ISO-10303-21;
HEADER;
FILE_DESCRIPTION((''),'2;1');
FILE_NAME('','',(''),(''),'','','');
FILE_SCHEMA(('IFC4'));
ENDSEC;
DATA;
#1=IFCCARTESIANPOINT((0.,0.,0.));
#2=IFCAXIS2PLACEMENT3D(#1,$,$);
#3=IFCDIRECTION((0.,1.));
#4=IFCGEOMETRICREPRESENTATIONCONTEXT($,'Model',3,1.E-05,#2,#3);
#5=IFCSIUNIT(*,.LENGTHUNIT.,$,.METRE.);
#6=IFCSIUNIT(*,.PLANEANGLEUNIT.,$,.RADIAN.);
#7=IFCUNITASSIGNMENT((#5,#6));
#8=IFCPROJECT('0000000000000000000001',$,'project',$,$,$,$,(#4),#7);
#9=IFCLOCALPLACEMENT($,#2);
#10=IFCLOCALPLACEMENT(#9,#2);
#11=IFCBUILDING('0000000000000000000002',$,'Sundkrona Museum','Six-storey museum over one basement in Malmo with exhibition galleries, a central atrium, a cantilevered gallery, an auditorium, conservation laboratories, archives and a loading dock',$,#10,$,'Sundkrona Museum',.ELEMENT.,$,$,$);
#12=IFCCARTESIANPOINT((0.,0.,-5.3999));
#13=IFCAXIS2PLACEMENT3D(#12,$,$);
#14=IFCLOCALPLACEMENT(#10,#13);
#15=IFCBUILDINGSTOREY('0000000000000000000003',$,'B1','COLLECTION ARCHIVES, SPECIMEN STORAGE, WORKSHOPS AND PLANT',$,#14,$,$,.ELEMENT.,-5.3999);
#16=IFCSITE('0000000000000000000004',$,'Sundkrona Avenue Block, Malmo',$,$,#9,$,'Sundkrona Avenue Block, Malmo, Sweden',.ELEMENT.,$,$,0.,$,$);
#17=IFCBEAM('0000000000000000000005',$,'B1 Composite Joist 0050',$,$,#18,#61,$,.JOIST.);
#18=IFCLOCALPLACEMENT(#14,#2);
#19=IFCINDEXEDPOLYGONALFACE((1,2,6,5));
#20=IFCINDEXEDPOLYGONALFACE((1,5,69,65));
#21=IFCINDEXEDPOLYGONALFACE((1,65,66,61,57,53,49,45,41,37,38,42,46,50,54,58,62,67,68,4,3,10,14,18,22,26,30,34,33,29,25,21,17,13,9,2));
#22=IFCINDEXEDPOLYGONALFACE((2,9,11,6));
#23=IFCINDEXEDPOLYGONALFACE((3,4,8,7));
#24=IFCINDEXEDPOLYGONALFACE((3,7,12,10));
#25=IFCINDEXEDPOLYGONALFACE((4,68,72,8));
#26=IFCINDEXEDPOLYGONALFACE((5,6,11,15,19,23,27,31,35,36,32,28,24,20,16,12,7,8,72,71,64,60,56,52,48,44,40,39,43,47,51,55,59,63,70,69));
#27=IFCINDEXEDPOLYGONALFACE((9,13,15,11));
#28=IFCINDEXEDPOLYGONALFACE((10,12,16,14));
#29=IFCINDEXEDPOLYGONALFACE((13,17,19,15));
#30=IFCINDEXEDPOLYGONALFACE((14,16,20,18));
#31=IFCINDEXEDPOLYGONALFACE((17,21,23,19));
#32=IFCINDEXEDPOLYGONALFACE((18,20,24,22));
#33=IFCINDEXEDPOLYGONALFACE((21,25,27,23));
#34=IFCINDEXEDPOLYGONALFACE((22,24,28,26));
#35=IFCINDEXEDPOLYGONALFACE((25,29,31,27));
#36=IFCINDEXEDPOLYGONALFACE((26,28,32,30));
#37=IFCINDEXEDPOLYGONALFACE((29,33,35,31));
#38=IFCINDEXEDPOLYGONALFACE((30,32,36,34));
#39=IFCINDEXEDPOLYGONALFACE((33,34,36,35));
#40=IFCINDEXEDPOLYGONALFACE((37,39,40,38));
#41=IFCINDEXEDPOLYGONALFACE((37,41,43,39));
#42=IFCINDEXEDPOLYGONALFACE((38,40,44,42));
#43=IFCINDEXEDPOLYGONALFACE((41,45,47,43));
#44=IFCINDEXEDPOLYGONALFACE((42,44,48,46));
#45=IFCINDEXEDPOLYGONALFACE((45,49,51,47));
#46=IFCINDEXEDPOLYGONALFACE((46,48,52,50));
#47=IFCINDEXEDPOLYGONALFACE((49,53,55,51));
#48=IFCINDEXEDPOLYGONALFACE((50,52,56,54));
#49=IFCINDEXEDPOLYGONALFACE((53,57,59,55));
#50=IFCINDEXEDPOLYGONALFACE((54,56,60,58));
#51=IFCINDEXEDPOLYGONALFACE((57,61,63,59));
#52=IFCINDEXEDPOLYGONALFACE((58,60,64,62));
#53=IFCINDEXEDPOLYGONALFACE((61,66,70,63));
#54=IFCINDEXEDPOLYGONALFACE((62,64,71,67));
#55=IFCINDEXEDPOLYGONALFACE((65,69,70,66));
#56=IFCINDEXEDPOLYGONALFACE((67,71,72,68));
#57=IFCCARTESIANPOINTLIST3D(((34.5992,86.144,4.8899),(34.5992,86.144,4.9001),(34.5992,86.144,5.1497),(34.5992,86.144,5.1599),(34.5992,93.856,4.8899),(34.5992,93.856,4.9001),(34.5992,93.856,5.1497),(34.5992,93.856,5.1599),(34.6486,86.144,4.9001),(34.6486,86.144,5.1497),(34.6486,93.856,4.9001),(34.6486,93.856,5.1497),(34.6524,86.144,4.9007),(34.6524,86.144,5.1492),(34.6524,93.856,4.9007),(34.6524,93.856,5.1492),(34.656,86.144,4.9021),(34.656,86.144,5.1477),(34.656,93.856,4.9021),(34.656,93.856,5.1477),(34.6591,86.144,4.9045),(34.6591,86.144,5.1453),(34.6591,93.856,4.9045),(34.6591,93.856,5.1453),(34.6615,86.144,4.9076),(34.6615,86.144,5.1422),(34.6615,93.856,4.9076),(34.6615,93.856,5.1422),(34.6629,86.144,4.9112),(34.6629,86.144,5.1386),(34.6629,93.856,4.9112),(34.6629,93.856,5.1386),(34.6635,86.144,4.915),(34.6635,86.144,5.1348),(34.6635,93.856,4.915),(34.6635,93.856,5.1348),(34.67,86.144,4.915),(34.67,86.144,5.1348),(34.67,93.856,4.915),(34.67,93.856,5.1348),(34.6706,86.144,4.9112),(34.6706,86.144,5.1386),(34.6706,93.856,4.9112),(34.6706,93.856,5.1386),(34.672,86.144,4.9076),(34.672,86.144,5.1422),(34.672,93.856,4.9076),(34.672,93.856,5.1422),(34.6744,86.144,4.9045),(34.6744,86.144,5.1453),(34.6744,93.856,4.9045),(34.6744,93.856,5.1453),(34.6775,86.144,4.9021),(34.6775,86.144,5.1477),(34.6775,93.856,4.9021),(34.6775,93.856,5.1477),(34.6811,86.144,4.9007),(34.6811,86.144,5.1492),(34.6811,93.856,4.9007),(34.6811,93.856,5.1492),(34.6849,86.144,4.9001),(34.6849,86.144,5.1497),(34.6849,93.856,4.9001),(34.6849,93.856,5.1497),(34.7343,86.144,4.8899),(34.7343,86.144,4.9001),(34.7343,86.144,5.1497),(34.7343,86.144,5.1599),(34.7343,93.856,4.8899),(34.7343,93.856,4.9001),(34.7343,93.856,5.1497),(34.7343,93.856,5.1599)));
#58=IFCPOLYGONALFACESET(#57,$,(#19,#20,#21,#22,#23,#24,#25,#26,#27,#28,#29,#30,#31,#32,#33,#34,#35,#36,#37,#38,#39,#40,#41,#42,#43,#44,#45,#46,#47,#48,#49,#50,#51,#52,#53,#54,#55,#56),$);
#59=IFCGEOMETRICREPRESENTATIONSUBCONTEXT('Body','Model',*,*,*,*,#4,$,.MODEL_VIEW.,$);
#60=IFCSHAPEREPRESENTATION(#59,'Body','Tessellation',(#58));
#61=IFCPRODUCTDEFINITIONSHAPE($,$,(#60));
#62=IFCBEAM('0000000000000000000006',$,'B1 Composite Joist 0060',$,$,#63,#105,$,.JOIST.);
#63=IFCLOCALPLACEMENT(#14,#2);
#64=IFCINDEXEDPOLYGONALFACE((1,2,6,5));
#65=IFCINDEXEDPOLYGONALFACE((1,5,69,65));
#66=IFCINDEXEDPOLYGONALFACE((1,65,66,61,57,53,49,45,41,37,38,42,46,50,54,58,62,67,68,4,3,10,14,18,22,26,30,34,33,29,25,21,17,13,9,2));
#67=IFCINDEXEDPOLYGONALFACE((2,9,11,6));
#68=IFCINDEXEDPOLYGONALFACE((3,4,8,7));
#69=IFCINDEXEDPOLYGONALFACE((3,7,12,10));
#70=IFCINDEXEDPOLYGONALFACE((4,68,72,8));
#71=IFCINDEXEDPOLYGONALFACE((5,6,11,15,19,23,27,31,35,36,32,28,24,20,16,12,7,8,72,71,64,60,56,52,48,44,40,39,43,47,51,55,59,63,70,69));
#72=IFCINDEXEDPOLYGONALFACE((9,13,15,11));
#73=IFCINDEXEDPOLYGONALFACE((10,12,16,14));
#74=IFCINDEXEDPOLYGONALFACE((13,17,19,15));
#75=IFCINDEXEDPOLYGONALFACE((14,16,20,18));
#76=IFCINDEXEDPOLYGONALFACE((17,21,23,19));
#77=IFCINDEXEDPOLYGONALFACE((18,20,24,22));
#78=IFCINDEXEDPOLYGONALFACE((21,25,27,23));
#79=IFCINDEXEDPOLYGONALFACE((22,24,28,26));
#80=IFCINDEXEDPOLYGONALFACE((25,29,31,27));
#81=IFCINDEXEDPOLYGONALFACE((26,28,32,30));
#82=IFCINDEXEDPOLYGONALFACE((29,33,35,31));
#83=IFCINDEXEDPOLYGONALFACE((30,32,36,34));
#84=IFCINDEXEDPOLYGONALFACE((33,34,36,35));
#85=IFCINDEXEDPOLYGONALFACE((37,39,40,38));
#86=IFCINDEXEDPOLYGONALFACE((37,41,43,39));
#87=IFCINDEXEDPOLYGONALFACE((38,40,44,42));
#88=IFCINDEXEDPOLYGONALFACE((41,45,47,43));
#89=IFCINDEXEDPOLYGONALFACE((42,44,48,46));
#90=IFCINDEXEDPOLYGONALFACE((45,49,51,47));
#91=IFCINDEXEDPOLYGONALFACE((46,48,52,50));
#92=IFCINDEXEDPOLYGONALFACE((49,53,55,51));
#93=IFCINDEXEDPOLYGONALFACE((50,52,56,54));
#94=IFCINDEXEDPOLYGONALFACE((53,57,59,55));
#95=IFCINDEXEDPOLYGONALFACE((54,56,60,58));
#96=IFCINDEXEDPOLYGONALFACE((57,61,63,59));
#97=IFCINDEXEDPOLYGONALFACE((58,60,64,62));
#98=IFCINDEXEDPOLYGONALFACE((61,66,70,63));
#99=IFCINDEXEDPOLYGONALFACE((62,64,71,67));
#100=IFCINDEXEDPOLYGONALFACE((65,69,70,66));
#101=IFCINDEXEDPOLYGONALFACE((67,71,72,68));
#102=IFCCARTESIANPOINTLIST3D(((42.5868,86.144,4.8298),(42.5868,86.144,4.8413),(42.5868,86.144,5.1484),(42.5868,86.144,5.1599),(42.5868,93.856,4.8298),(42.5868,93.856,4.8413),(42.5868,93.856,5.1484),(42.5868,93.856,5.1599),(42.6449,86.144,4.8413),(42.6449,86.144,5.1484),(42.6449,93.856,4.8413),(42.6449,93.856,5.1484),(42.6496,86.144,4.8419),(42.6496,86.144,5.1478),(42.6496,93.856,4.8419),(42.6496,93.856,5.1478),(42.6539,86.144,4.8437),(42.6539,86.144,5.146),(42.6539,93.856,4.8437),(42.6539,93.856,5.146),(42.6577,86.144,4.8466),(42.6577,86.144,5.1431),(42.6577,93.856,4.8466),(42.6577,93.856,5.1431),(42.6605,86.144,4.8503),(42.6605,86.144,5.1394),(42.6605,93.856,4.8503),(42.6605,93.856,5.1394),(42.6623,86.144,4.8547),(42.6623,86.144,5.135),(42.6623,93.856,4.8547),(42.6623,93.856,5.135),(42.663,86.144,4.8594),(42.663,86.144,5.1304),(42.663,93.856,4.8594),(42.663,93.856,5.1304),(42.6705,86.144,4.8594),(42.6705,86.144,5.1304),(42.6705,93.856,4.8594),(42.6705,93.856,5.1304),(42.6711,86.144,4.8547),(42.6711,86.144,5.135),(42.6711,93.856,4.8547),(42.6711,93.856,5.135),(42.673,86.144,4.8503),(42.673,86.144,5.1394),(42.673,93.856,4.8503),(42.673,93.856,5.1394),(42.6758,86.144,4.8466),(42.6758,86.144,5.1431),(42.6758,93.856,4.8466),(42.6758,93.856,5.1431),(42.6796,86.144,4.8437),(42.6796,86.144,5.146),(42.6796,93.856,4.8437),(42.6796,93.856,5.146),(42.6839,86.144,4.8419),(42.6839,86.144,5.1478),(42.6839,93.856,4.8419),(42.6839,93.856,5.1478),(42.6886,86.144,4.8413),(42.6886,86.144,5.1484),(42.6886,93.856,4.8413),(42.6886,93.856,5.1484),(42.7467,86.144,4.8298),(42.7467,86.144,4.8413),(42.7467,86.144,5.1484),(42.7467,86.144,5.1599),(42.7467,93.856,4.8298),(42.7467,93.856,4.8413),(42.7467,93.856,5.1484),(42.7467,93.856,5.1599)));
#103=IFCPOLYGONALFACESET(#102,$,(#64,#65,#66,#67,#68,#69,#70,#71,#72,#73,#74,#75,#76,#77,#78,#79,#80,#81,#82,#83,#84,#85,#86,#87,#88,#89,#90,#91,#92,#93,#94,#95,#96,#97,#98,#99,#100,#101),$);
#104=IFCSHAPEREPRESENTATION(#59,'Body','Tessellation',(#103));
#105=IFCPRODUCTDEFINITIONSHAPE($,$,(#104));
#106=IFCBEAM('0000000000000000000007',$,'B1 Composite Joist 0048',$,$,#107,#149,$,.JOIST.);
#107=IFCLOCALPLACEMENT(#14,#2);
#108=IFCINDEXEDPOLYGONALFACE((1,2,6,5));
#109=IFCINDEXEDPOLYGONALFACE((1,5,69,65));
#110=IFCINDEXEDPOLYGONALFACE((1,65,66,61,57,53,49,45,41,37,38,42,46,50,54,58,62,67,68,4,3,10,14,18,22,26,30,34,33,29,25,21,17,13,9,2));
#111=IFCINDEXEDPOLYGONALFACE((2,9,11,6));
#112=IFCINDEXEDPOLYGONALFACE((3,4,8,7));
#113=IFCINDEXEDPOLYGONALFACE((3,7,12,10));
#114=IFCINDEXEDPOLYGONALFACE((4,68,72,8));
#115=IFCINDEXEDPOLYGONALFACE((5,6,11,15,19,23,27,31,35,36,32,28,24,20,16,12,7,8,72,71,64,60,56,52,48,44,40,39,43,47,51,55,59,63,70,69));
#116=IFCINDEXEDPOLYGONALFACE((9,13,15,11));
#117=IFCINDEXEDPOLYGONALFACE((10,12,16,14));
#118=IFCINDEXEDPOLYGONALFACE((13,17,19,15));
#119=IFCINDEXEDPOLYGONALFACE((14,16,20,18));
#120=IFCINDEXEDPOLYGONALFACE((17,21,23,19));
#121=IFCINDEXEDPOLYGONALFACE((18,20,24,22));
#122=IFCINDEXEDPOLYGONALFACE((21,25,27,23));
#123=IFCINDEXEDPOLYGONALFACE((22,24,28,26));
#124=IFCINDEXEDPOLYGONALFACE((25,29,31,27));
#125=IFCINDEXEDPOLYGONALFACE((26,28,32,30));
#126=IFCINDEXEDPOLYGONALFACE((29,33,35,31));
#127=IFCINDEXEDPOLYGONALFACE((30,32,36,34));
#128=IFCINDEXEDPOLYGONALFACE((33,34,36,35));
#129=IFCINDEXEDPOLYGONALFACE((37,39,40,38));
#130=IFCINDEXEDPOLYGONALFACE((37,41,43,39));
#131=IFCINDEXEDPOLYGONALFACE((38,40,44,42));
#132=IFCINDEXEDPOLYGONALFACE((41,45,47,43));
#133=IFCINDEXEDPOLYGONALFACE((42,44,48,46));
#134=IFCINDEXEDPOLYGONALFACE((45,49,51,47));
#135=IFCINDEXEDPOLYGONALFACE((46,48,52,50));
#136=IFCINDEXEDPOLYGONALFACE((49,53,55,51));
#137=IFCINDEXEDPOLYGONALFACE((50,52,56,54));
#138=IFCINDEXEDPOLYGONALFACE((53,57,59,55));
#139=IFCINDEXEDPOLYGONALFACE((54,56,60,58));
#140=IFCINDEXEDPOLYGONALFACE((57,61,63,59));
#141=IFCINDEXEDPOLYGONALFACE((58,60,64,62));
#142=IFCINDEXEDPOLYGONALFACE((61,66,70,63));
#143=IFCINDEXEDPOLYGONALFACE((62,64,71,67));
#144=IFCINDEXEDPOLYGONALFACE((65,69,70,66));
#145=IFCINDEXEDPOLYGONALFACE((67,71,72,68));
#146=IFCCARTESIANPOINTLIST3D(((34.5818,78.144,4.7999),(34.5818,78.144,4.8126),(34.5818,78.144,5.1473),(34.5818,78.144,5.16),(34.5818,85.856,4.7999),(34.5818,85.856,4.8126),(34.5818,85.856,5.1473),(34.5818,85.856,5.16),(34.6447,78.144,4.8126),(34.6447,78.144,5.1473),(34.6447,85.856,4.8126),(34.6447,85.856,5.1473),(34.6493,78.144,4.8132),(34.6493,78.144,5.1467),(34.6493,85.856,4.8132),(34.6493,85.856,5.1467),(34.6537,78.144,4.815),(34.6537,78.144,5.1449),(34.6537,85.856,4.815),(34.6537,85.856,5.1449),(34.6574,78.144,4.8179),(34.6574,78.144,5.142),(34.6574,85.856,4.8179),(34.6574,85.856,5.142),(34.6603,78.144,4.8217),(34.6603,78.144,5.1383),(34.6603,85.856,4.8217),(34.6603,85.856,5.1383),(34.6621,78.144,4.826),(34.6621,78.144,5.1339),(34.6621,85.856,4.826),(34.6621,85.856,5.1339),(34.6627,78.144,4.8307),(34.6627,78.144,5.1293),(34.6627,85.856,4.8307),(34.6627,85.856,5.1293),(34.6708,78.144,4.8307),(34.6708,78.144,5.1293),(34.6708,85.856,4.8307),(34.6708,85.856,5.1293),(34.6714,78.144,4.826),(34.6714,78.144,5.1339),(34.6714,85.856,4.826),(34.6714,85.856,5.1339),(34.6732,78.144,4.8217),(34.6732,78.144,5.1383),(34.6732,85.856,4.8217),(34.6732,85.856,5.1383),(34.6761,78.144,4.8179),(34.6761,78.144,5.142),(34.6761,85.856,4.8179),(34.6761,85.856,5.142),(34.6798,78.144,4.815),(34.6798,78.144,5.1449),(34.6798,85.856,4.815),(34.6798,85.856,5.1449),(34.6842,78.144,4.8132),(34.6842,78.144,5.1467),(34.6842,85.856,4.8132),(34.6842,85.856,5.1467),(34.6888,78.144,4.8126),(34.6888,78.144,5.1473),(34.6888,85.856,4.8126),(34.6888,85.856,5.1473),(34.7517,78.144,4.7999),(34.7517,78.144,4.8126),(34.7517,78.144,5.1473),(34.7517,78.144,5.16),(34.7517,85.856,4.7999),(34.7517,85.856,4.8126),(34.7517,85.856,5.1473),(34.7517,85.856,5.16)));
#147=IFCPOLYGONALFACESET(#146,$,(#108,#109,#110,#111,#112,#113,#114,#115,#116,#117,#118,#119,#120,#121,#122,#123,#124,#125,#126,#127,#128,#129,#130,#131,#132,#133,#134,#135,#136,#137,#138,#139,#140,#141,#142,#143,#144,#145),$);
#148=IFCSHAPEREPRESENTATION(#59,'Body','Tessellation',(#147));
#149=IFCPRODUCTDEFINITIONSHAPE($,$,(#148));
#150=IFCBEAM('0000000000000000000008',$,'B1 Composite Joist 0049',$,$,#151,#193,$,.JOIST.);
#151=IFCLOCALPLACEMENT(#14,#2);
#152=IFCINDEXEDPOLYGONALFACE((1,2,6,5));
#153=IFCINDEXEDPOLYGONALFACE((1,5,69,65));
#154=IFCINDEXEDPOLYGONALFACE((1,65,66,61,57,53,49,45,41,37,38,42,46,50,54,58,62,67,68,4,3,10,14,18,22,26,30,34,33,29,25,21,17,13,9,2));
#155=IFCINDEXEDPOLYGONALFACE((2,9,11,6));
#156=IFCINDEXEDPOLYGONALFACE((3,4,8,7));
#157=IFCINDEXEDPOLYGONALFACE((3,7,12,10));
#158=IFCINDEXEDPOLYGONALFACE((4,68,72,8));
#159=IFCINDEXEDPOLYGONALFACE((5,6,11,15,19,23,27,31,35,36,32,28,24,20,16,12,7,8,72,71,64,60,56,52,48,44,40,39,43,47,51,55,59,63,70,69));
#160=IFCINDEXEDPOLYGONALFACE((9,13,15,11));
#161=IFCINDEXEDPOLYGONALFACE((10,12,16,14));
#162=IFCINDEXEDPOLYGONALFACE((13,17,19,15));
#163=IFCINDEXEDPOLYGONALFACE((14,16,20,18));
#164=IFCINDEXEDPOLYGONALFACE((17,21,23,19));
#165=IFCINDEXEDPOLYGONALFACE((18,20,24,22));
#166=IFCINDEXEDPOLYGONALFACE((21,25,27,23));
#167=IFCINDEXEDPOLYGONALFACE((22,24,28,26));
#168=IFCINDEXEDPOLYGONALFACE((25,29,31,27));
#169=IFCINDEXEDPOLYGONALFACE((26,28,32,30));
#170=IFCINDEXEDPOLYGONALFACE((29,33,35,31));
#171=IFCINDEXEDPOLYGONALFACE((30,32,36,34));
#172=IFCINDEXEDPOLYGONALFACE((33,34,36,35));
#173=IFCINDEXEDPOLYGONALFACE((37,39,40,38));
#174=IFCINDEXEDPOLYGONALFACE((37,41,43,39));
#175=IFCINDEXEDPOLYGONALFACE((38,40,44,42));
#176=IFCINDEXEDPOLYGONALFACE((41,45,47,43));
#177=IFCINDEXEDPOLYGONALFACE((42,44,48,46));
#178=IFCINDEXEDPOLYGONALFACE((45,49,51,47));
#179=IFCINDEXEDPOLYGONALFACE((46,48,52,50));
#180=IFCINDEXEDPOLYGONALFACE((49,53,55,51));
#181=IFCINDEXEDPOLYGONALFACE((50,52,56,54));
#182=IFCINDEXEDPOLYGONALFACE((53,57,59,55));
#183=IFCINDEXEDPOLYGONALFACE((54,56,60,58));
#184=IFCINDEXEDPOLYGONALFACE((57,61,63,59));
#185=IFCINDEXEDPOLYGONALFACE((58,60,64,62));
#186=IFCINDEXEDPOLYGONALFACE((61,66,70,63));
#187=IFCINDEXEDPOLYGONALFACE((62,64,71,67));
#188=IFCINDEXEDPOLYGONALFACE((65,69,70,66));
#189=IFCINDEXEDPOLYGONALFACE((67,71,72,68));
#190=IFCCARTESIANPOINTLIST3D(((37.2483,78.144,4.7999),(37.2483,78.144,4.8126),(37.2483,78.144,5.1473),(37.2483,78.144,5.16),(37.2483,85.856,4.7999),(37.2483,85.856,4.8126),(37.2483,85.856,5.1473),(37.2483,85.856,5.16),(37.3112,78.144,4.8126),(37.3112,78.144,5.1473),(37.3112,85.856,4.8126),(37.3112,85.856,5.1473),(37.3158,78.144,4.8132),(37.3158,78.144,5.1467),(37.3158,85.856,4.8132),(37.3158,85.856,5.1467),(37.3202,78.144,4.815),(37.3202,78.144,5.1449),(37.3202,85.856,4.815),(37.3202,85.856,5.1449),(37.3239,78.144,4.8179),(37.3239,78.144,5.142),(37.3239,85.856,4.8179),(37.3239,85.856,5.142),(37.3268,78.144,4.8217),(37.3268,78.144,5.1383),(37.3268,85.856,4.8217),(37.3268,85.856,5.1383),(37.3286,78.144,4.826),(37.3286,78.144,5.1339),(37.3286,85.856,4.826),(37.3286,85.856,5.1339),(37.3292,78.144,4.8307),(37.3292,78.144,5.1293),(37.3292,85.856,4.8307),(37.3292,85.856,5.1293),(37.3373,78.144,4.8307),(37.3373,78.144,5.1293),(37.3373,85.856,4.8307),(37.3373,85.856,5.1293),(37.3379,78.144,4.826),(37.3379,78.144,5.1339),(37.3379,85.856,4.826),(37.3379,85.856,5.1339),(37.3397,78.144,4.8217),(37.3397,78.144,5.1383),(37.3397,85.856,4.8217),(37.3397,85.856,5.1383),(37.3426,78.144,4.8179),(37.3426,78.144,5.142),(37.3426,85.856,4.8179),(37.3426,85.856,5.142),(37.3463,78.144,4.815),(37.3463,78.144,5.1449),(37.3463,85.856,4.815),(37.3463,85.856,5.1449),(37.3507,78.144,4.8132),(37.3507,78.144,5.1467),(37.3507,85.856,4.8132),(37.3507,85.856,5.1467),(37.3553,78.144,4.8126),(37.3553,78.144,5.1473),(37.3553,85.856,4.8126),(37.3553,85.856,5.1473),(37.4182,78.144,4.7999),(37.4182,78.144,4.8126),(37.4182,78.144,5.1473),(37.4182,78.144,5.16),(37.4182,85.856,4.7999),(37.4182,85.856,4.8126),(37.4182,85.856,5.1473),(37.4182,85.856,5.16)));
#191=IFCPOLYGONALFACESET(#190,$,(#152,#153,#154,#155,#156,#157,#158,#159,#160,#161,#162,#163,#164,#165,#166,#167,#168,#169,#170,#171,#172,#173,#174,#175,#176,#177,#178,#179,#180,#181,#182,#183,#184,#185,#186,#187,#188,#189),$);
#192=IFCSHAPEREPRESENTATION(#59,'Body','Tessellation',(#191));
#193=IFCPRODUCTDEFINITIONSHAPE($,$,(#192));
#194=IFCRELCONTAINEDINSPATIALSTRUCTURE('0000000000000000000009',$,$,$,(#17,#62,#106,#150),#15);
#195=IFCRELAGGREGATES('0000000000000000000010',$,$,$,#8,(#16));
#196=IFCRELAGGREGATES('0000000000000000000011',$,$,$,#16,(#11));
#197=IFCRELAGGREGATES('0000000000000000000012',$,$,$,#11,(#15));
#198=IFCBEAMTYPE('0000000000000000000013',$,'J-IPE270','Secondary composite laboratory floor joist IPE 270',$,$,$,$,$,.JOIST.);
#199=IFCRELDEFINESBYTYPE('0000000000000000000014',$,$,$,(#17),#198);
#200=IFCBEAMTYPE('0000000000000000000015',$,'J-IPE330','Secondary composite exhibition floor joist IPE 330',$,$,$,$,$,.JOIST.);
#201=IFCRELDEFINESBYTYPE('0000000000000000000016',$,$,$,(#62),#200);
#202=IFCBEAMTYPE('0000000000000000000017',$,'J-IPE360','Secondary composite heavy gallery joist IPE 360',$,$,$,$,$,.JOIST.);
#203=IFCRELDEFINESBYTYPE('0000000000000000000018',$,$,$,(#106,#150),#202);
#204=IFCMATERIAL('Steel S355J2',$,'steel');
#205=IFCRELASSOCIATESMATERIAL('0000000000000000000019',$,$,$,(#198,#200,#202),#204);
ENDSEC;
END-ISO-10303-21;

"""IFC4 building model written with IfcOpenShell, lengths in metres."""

from ifc_helpers import new_model, si_unit, direction, frame, origin, origin_2d, place, context, subcontext, project, spatial, i_section, extrude, material, material_profile, profile_set, type_object, element, save


model = new_model("IFC4")

# Units and contexts
model_context = context("Model", 3, precision=1e-05, world=origin(), true_north=direction((0.0, 1.0)))
body_context = subcontext(model_context, "Body", "Model", "MODEL_VIEW")
ifc_project = project(units=[si_unit("LENGTHUNIT", "METRE"), si_unit("PLANEANGLEUNIT", "RADIAN")], contexts=[model_context])

# Site, building, storey
site_placement = place(None, origin())
site = spatial("IfcSite", under=ifc_project, at=site_placement, Name="Sundkrona Avenue Block, Malmo", LongName="Sundkrona Avenue Block, Malmo, Sweden", CompositionType="ELEMENT", RefElevation=0.0)
building_placement = place(site_placement, origin())
building = spatial("IfcBuilding", under=site, at=building_placement, Name="Sundkrona Museum", Description="Six-storey museum over one basement in Malmo with exhibition galleries, a central atrium, a cantilevered gallery, an auditorium, conservation laboratories, archives and a loading dock", LongName="Sundkrona Museum", CompositionType="ELEMENT")
storey_placement = place(building_placement, frame((0.0, 0.0, -5.3999)))
storey = spatial("IfcBuildingStorey", under=building, at=storey_placement, Name="B1", Description="COLLECTION ARCHIVES, SPECIMEN STORAGE, WORKSHOPS AND PLANT", CompositionType="ELEMENT", Elevation=-5.3999)

# Beams
ifc_material_1 = material(Name="Steel S355J2", Category="steel")
ifc_material_profile_1 = material_profile(ifc_material_1, i_section(OverallWidth=0.135, OverallDepth=0.27, WebThickness=0.0066, FlangeThickness=0.0103, FilletRadius=0.0149, at=origin_2d()), Name="IPE 270")
ifc_profile_set_1 = profile_set([ifc_material_profile_1], Name="Steel S355J2")
beam_type_1 = type_object("IfcBeamType", Name="J-IPE270", Description="Secondary composite laboratory floor joist IPE 270", PredefinedType="JOIST", material=ifc_profile_set_1)
beam_1_placement = place(storey_placement, frame((34.6667, 86.144, 5.0249), z_axis=(0.0, 1.0, 0.0), x_axis=(-1.0, 0.0, 0.0)))
element("IfcBeam", 1, at=beam_1_placement, inside=storey, type_object=beam_type_1, Name="B1 Composite Joist 0050", PredefinedType="JOIST", context=body_context, shape_type="SweptSolid", body=[
    extrude(i_section(OverallWidth=0.135, OverallDepth=0.27, WebThickness=0.0066, FlangeThickness=0.0103, FilletRadius=0.0149, at=origin_2d()), origin(), (0.0, 0.0, 1.0), 7.7119),
])
ifc_material_profile_2 = material_profile(ifc_material_1, i_section(OverallWidth=0.1599, OverallDepth=0.3301, WebThickness=0.0076, FlangeThickness=0.0115, FilletRadius=0.0181, at=origin_2d()), Name="IPE 330")
ifc_profile_set_2 = profile_set([ifc_material_profile_2], Name="Steel S355J2")
beam_type_2 = type_object("IfcBeamType", Name="J-IPE330", Description="Secondary composite exhibition floor joist IPE 330", PredefinedType="JOIST", material=ifc_profile_set_2)
beam_2_placement = place(storey_placement, frame((42.6667, 86.144, 4.9949), z_axis=(0.0, 1.0, 0.0), x_axis=(-1.0, 0.0, 0.0)))
element("IfcBeam", 2, at=beam_2_placement, inside=storey, type_object=beam_type_2, Name="B1 Composite Joist 0060", PredefinedType="JOIST", context=body_context, shape_type="SweptSolid", body=[
    extrude(i_section(OverallWidth=0.1599, OverallDepth=0.3301, WebThickness=0.0076, FlangeThickness=0.0115, FilletRadius=0.0181, at=origin_2d()), origin(), (0.0, 0.0, 1.0), 7.7119),
])
ifc_material_profile_3 = material_profile(ifc_material_1, i_section(OverallWidth=0.1699, OverallDepth=0.3601, WebThickness=0.0081, FlangeThickness=0.0127, FilletRadius=0.0181, at=origin_2d()), Name="IPE 360")
ifc_profile_set_3 = profile_set([ifc_material_profile_3], Name="Steel S355J2")
beam_type_3 = type_object("IfcBeamType", Name="J-IPE360", Description="Secondary composite heavy gallery joist IPE 360", PredefinedType="JOIST", material=ifc_profile_set_3)
for number, where, z_axis, x_axis, name in (
    (3, (34.6667, 78.144, 4.98), (0.0, 1.0, 0.0), (-1.0, 0.0, 0.0), "B1 Composite Joist 0048"),
    (4, (37.3333, 78.144, 4.98), (0.0, 1.0, 0.0), (-1.0, 0.0, 0.0), "B1 Composite Joist 0049"),
):
    element("IfcBeam", number, at=place(storey_placement, frame(where, z_axis=z_axis, x_axis=x_axis)), inside=storey, type_object=beam_type_3, Name=name, PredefinedType="JOIST", context=body_context, shape_type="SweptSolid", body=[
        extrude(i_section(OverallWidth=0.1699, OverallDepth=0.3601, WebThickness=0.0081, FlangeThickness=0.0127, FilletRadius=0.0181, at=origin_2d()), origin(), (0.0, 0.0, 1.0), 7.7119),
    ])

save(model, "model.ifc")
